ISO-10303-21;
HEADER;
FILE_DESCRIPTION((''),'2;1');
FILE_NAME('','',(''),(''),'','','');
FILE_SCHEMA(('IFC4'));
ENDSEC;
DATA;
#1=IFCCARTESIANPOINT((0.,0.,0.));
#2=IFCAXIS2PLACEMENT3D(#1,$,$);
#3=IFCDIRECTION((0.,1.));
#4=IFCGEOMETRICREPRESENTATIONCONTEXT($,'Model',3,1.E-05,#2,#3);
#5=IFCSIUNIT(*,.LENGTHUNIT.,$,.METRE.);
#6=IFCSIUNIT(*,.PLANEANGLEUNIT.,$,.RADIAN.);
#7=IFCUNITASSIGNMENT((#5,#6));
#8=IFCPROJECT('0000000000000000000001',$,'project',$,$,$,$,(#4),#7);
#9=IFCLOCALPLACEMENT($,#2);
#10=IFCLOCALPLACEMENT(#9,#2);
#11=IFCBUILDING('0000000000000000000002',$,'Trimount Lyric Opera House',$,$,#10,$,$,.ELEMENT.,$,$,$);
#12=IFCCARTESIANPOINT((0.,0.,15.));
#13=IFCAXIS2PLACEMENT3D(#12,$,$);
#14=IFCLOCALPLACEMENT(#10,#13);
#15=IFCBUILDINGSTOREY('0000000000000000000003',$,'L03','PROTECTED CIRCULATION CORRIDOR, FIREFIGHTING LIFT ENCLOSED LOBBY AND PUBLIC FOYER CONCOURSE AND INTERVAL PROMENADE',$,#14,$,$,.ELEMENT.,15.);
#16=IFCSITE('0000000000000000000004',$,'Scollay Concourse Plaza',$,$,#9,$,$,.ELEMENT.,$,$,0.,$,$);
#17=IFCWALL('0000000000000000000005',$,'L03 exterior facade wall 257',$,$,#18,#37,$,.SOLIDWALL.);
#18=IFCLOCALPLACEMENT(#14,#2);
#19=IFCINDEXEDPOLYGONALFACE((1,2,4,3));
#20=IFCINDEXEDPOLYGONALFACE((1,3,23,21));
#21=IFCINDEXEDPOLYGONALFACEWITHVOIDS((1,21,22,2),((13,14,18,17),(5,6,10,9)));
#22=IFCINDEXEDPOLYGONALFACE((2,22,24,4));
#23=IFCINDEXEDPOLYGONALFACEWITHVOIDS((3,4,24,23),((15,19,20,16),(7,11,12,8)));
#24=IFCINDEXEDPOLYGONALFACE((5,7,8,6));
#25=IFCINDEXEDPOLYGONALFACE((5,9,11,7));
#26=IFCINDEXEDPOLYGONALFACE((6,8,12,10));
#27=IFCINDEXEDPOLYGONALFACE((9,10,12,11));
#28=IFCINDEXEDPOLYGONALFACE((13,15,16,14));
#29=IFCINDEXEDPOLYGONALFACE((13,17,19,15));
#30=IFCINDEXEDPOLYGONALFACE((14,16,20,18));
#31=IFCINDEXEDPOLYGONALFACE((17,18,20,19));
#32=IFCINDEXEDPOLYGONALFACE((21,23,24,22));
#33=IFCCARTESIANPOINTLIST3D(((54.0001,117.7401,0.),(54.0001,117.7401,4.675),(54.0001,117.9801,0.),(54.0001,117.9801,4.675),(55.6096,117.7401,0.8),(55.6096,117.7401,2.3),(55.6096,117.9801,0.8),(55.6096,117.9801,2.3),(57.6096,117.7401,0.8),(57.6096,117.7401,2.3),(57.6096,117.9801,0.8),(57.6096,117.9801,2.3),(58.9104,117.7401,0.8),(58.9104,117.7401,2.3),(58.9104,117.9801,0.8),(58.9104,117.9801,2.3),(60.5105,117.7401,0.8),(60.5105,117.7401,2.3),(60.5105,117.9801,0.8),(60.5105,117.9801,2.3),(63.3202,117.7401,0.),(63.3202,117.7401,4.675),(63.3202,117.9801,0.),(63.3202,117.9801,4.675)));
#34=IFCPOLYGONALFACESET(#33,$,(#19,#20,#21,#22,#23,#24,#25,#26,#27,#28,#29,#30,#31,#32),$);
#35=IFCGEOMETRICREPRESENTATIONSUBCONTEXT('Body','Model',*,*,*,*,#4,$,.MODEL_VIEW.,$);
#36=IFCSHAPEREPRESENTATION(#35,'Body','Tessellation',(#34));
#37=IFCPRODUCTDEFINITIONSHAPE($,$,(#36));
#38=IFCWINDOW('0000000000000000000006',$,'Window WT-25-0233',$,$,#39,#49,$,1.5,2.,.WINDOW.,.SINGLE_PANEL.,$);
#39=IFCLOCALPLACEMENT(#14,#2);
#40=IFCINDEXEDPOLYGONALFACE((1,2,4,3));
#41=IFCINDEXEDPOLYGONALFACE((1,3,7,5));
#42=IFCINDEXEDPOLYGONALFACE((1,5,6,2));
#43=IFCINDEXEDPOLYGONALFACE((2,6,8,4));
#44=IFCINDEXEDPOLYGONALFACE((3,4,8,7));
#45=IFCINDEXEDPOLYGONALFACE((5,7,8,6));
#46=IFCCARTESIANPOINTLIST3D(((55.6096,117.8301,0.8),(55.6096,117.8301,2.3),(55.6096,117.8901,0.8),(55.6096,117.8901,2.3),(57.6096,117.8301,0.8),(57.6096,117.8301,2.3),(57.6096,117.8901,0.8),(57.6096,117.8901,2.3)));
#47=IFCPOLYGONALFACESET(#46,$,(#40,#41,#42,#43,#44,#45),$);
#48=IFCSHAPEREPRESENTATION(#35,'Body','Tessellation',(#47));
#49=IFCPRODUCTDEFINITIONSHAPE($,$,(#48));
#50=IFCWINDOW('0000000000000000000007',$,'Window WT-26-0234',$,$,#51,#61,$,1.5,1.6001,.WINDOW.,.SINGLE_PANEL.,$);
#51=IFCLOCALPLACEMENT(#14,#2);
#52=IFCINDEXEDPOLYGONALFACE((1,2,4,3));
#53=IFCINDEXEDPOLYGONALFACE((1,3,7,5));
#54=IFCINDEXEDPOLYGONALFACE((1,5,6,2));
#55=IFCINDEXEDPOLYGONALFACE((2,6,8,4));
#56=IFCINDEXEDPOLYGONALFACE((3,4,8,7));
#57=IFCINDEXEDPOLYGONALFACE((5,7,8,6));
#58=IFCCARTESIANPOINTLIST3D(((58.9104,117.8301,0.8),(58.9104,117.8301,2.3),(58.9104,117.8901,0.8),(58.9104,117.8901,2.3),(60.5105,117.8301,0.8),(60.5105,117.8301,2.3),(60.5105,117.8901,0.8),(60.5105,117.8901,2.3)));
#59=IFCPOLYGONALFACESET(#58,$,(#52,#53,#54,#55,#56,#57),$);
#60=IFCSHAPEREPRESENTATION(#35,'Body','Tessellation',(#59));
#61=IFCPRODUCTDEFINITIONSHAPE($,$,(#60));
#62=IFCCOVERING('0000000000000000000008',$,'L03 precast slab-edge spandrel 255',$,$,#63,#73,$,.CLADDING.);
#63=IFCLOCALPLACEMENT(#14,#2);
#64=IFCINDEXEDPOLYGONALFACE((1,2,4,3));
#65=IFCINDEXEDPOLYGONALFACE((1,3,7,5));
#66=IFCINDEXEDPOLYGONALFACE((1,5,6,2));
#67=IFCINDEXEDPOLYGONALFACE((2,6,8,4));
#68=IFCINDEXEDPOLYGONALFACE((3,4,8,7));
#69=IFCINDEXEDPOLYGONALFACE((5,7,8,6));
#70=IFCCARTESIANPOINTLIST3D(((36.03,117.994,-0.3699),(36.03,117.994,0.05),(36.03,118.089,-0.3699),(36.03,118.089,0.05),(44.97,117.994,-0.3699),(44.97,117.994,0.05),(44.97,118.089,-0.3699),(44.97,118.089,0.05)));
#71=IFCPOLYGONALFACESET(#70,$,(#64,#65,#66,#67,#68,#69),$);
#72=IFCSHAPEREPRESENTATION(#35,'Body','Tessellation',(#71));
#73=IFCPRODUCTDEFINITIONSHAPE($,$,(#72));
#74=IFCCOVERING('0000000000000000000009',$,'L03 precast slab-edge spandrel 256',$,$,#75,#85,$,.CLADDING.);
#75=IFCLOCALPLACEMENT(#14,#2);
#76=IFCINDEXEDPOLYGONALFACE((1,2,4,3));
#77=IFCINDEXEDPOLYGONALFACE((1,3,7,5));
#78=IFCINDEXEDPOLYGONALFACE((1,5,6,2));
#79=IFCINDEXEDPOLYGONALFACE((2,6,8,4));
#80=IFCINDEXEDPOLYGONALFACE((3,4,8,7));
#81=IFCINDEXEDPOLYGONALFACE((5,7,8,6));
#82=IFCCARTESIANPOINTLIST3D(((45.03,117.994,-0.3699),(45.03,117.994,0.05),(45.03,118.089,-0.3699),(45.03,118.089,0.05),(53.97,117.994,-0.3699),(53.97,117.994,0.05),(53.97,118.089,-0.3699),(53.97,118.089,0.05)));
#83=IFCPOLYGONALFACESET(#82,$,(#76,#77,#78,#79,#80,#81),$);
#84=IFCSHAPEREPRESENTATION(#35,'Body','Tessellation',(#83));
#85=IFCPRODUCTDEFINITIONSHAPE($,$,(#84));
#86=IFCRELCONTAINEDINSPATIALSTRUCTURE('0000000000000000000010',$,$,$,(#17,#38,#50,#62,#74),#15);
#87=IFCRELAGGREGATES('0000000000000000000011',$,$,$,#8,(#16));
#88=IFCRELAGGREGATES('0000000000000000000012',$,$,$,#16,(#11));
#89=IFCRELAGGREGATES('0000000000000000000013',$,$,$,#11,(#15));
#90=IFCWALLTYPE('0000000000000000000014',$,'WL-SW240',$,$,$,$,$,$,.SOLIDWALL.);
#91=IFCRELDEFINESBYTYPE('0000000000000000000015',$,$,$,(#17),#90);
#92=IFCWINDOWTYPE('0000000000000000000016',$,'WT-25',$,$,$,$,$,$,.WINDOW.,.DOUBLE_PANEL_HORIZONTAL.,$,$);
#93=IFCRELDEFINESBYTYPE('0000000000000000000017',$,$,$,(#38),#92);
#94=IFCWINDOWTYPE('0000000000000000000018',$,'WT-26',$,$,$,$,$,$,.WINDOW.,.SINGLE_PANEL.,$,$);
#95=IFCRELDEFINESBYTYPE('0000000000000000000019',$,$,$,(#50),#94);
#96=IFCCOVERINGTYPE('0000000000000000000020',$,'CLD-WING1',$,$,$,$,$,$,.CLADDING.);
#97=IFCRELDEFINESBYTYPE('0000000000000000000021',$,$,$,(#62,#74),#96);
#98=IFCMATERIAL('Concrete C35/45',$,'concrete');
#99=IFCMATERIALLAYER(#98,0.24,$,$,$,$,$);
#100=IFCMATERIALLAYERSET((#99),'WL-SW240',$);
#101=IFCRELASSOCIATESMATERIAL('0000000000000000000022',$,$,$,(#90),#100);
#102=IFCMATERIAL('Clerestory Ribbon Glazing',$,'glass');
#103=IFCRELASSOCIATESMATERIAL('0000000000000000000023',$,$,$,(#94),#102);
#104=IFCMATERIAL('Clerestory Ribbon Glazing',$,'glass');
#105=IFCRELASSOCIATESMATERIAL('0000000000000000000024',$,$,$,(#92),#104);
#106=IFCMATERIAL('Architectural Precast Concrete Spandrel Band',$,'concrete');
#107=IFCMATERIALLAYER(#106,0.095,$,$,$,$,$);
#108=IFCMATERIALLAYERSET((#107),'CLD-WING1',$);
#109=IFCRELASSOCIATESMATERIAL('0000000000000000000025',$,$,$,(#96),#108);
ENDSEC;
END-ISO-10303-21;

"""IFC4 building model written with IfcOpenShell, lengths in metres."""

from ifc_helpers import new_model, si_unit, direction, frame, frame_2d, origin, origin_2d, place, context, subcontext, project, spatial, rectangle, extrude, material, layer, layer_set, type_object, element, fill, save


model = new_model("IFC4")

# Units and contexts
model_context = context("Model", 3, precision=1e-05, world=origin(), true_north=direction((0.0, 1.0)))
body_context = subcontext(model_context, "Body", "Model", "MODEL_VIEW")
ifc_project = project(units=[si_unit("LENGTHUNIT", "METRE"), si_unit("PLANEANGLEUNIT", "RADIAN")], contexts=[model_context])

# Site, building, storey
site_placement = place(None, origin())
site = spatial("IfcSite", under=ifc_project, at=site_placement, Name="Scollay Concourse Plaza", CompositionType="ELEMENT", RefElevation=0.0)
building_placement = place(site_placement, origin())
building = spatial("IfcBuilding", under=site, at=building_placement, Name="Trimount Lyric Opera House", CompositionType="ELEMENT")
storey_placement = place(building_placement, frame((0.0, 0.0, 15.0)))
storey = spatial("IfcBuildingStorey", under=building, at=storey_placement, Name="L03", Description="PROTECTED CIRCULATION CORRIDOR, FIREFIGHTING LIFT ENCLOSED LOBBY AND PUBLIC FOYER CONCOURSE AND INTERVAL PROMENADE", CompositionType="ELEMENT", Elevation=15.0)

# Wall, openings, windows
ifc_material_1 = material(Name="Concrete C35/45", Category="concrete")
ifc_layer_1 = layer(ifc_material_1, 0.24)
ifc_layer_set_1 = layer_set([ifc_layer_1], Name="WL-SW240")
wall_type_1 = type_object("IfcWallType", Name="WL-SW240", PredefinedType="SOLIDWALL", material=ifc_layer_set_1)
ifc_material_2 = material(Name="Clerestory Ribbon Glazing", Category="glass")
window_type_1 = type_object("IfcWindowType", Name="WT-26", PartitioningType="SINGLE_PANEL", PredefinedType="WINDOW", material=ifc_material_2)
wall_1_placement = place(storey_placement, frame((54.0, 117.8601, 0.0), z_axis=(0.0, 0.0, 1.0), x_axis=(1.0, 0.0, 0.0)))
wall_1 = element("IfcWall", 1, at=wall_1_placement, inside=storey, type_object=wall_type_1, Name="L03 exterior facade wall 257", PredefinedType="SOLIDWALL", context=body_context, shape_type="SweptSolid", body=[
    extrude(rectangle(XDim=9.3201, YDim=0.24, at=frame_2d((4.6602, 0.0))), origin(), (0.0, 0.0, 1.0), 4.675),
])
opening_1_placement = place(wall_1_placement, frame((1.6096, 0.0, 0.8)))
opening_1 = element("IfcOpeningElement", 2, at=opening_1_placement, cuts=wall_1, PredefinedType="OPENING", context=body_context, shape_type="SweptSolid", body=[
    extrude(rectangle(XDim=2.0, YDim=1.5, at=frame_2d((1.0, 0.75))), frame((0.0, 0.1299, 0.0), z_axis=(0.0, -1.0, 0.0), x_axis=(1.0, 0.0, 0.0)), (0.0, 0.0, 1.0), 0.26),
])
opening_2_placement = place(wall_1_placement, frame((4.9104, 0.0, 0.8)))
opening_2 = element("IfcOpeningElement", 3, at=opening_2_placement, cuts=wall_1, PredefinedType="OPENING", context=body_context, shape_type="SweptSolid", body=[
    extrude(rectangle(XDim=1.6001, YDim=1.5, at=frame_2d((0.8, 0.75))), frame((0.0, 0.1299, 0.0), z_axis=(0.0, -1.0, 0.0), x_axis=(1.0, 0.0, 0.0)), (0.0, 0.0, 1.0), 0.26),
])
ifc_material_3 = material(Name="Clerestory Ribbon Glazing", Category="glass")
window_type_2 = type_object("IfcWindowType", Name="WT-25", PartitioningType="DOUBLE_PANEL_HORIZONTAL", PredefinedType="WINDOW", material=ifc_material_3)
window_1_placement = place(opening_1_placement, origin())
window_1 = element("IfcWindow", 4, at=window_1_placement, inside=storey, type_object=window_type_2, Name="Window WT-25-0233", OverallHeight=1.5, OverallWidth=2.0, PartitioningType="SINGLE_PANEL", PredefinedType="WINDOW", context=body_context, shape_type="SweptSolid", body=[
    extrude(rectangle(XDim=2.0, YDim=1.5, at=frame_2d((1.0, 0.75))), frame((0.0, 0.03, 0.0), z_axis=(0.0, -1.0, 0.0), x_axis=(1.0, 0.0, 0.0)), (0.0, 0.0, 1.0), 0.0601),
])
fill(opening_1, window_1)
window_2_placement = place(opening_2_placement, origin())
window_2 = element("IfcWindow", 5, at=window_2_placement, inside=storey, type_object=window_type_1, Name="Window WT-26-0234", OverallHeight=1.5, OverallWidth=1.6001, PartitioningType="SINGLE_PANEL", PredefinedType="WINDOW", context=body_context, shape_type="SweptSolid", body=[
    extrude(rectangle(XDim=1.6001, YDim=1.5, at=frame_2d((0.8, 0.75))), frame((0.0, 0.03, 0.0), z_axis=(0.0, -1.0, 0.0), x_axis=(1.0, 0.0, 0.0)), (0.0, 0.0, 1.0), 0.0601),
])
fill(opening_2, window_2)

# Coverings
ifc_material_4 = material(Name="Architectural Precast Concrete Spandrel Band", Category="concrete")
ifc_layer_2 = layer(ifc_material_4, 0.095)
ifc_layer_set_2 = layer_set([ifc_layer_2], Name="CLD-WING1")
covering_type = type_object("IfcCoveringType", Name="CLD-WING1", PredefinedType="CLADDING", material=ifc_layer_set_2)
for number, where, z_axis, x_axis, name in (
    (6, (40.5, 118.0415, -0.3699), (0.0, 0.0, 1.0), (1.0, 0.0, 0.0), "L03 precast slab-edge spandrel 255"),
    (7, (49.5, 118.0415, -0.3699), (0.0, 0.0, 1.0), (1.0, 0.0, 0.0), "L03 precast slab-edge spandrel 256"),
):
    element("IfcCovering", number, at=place(storey_placement, frame(where, z_axis=z_axis, x_axis=x_axis)), inside=storey, type_object=covering_type, Name=name, PredefinedType="CLADDING", context=body_context, shape_type="SweptSolid", body=[
        extrude(rectangle(XDim=8.9399, YDim=0.095, at=origin_2d()), origin(), (0.0, 0.0, 1.0), 0.4199),
    ])

save(model, "model.ifc")
